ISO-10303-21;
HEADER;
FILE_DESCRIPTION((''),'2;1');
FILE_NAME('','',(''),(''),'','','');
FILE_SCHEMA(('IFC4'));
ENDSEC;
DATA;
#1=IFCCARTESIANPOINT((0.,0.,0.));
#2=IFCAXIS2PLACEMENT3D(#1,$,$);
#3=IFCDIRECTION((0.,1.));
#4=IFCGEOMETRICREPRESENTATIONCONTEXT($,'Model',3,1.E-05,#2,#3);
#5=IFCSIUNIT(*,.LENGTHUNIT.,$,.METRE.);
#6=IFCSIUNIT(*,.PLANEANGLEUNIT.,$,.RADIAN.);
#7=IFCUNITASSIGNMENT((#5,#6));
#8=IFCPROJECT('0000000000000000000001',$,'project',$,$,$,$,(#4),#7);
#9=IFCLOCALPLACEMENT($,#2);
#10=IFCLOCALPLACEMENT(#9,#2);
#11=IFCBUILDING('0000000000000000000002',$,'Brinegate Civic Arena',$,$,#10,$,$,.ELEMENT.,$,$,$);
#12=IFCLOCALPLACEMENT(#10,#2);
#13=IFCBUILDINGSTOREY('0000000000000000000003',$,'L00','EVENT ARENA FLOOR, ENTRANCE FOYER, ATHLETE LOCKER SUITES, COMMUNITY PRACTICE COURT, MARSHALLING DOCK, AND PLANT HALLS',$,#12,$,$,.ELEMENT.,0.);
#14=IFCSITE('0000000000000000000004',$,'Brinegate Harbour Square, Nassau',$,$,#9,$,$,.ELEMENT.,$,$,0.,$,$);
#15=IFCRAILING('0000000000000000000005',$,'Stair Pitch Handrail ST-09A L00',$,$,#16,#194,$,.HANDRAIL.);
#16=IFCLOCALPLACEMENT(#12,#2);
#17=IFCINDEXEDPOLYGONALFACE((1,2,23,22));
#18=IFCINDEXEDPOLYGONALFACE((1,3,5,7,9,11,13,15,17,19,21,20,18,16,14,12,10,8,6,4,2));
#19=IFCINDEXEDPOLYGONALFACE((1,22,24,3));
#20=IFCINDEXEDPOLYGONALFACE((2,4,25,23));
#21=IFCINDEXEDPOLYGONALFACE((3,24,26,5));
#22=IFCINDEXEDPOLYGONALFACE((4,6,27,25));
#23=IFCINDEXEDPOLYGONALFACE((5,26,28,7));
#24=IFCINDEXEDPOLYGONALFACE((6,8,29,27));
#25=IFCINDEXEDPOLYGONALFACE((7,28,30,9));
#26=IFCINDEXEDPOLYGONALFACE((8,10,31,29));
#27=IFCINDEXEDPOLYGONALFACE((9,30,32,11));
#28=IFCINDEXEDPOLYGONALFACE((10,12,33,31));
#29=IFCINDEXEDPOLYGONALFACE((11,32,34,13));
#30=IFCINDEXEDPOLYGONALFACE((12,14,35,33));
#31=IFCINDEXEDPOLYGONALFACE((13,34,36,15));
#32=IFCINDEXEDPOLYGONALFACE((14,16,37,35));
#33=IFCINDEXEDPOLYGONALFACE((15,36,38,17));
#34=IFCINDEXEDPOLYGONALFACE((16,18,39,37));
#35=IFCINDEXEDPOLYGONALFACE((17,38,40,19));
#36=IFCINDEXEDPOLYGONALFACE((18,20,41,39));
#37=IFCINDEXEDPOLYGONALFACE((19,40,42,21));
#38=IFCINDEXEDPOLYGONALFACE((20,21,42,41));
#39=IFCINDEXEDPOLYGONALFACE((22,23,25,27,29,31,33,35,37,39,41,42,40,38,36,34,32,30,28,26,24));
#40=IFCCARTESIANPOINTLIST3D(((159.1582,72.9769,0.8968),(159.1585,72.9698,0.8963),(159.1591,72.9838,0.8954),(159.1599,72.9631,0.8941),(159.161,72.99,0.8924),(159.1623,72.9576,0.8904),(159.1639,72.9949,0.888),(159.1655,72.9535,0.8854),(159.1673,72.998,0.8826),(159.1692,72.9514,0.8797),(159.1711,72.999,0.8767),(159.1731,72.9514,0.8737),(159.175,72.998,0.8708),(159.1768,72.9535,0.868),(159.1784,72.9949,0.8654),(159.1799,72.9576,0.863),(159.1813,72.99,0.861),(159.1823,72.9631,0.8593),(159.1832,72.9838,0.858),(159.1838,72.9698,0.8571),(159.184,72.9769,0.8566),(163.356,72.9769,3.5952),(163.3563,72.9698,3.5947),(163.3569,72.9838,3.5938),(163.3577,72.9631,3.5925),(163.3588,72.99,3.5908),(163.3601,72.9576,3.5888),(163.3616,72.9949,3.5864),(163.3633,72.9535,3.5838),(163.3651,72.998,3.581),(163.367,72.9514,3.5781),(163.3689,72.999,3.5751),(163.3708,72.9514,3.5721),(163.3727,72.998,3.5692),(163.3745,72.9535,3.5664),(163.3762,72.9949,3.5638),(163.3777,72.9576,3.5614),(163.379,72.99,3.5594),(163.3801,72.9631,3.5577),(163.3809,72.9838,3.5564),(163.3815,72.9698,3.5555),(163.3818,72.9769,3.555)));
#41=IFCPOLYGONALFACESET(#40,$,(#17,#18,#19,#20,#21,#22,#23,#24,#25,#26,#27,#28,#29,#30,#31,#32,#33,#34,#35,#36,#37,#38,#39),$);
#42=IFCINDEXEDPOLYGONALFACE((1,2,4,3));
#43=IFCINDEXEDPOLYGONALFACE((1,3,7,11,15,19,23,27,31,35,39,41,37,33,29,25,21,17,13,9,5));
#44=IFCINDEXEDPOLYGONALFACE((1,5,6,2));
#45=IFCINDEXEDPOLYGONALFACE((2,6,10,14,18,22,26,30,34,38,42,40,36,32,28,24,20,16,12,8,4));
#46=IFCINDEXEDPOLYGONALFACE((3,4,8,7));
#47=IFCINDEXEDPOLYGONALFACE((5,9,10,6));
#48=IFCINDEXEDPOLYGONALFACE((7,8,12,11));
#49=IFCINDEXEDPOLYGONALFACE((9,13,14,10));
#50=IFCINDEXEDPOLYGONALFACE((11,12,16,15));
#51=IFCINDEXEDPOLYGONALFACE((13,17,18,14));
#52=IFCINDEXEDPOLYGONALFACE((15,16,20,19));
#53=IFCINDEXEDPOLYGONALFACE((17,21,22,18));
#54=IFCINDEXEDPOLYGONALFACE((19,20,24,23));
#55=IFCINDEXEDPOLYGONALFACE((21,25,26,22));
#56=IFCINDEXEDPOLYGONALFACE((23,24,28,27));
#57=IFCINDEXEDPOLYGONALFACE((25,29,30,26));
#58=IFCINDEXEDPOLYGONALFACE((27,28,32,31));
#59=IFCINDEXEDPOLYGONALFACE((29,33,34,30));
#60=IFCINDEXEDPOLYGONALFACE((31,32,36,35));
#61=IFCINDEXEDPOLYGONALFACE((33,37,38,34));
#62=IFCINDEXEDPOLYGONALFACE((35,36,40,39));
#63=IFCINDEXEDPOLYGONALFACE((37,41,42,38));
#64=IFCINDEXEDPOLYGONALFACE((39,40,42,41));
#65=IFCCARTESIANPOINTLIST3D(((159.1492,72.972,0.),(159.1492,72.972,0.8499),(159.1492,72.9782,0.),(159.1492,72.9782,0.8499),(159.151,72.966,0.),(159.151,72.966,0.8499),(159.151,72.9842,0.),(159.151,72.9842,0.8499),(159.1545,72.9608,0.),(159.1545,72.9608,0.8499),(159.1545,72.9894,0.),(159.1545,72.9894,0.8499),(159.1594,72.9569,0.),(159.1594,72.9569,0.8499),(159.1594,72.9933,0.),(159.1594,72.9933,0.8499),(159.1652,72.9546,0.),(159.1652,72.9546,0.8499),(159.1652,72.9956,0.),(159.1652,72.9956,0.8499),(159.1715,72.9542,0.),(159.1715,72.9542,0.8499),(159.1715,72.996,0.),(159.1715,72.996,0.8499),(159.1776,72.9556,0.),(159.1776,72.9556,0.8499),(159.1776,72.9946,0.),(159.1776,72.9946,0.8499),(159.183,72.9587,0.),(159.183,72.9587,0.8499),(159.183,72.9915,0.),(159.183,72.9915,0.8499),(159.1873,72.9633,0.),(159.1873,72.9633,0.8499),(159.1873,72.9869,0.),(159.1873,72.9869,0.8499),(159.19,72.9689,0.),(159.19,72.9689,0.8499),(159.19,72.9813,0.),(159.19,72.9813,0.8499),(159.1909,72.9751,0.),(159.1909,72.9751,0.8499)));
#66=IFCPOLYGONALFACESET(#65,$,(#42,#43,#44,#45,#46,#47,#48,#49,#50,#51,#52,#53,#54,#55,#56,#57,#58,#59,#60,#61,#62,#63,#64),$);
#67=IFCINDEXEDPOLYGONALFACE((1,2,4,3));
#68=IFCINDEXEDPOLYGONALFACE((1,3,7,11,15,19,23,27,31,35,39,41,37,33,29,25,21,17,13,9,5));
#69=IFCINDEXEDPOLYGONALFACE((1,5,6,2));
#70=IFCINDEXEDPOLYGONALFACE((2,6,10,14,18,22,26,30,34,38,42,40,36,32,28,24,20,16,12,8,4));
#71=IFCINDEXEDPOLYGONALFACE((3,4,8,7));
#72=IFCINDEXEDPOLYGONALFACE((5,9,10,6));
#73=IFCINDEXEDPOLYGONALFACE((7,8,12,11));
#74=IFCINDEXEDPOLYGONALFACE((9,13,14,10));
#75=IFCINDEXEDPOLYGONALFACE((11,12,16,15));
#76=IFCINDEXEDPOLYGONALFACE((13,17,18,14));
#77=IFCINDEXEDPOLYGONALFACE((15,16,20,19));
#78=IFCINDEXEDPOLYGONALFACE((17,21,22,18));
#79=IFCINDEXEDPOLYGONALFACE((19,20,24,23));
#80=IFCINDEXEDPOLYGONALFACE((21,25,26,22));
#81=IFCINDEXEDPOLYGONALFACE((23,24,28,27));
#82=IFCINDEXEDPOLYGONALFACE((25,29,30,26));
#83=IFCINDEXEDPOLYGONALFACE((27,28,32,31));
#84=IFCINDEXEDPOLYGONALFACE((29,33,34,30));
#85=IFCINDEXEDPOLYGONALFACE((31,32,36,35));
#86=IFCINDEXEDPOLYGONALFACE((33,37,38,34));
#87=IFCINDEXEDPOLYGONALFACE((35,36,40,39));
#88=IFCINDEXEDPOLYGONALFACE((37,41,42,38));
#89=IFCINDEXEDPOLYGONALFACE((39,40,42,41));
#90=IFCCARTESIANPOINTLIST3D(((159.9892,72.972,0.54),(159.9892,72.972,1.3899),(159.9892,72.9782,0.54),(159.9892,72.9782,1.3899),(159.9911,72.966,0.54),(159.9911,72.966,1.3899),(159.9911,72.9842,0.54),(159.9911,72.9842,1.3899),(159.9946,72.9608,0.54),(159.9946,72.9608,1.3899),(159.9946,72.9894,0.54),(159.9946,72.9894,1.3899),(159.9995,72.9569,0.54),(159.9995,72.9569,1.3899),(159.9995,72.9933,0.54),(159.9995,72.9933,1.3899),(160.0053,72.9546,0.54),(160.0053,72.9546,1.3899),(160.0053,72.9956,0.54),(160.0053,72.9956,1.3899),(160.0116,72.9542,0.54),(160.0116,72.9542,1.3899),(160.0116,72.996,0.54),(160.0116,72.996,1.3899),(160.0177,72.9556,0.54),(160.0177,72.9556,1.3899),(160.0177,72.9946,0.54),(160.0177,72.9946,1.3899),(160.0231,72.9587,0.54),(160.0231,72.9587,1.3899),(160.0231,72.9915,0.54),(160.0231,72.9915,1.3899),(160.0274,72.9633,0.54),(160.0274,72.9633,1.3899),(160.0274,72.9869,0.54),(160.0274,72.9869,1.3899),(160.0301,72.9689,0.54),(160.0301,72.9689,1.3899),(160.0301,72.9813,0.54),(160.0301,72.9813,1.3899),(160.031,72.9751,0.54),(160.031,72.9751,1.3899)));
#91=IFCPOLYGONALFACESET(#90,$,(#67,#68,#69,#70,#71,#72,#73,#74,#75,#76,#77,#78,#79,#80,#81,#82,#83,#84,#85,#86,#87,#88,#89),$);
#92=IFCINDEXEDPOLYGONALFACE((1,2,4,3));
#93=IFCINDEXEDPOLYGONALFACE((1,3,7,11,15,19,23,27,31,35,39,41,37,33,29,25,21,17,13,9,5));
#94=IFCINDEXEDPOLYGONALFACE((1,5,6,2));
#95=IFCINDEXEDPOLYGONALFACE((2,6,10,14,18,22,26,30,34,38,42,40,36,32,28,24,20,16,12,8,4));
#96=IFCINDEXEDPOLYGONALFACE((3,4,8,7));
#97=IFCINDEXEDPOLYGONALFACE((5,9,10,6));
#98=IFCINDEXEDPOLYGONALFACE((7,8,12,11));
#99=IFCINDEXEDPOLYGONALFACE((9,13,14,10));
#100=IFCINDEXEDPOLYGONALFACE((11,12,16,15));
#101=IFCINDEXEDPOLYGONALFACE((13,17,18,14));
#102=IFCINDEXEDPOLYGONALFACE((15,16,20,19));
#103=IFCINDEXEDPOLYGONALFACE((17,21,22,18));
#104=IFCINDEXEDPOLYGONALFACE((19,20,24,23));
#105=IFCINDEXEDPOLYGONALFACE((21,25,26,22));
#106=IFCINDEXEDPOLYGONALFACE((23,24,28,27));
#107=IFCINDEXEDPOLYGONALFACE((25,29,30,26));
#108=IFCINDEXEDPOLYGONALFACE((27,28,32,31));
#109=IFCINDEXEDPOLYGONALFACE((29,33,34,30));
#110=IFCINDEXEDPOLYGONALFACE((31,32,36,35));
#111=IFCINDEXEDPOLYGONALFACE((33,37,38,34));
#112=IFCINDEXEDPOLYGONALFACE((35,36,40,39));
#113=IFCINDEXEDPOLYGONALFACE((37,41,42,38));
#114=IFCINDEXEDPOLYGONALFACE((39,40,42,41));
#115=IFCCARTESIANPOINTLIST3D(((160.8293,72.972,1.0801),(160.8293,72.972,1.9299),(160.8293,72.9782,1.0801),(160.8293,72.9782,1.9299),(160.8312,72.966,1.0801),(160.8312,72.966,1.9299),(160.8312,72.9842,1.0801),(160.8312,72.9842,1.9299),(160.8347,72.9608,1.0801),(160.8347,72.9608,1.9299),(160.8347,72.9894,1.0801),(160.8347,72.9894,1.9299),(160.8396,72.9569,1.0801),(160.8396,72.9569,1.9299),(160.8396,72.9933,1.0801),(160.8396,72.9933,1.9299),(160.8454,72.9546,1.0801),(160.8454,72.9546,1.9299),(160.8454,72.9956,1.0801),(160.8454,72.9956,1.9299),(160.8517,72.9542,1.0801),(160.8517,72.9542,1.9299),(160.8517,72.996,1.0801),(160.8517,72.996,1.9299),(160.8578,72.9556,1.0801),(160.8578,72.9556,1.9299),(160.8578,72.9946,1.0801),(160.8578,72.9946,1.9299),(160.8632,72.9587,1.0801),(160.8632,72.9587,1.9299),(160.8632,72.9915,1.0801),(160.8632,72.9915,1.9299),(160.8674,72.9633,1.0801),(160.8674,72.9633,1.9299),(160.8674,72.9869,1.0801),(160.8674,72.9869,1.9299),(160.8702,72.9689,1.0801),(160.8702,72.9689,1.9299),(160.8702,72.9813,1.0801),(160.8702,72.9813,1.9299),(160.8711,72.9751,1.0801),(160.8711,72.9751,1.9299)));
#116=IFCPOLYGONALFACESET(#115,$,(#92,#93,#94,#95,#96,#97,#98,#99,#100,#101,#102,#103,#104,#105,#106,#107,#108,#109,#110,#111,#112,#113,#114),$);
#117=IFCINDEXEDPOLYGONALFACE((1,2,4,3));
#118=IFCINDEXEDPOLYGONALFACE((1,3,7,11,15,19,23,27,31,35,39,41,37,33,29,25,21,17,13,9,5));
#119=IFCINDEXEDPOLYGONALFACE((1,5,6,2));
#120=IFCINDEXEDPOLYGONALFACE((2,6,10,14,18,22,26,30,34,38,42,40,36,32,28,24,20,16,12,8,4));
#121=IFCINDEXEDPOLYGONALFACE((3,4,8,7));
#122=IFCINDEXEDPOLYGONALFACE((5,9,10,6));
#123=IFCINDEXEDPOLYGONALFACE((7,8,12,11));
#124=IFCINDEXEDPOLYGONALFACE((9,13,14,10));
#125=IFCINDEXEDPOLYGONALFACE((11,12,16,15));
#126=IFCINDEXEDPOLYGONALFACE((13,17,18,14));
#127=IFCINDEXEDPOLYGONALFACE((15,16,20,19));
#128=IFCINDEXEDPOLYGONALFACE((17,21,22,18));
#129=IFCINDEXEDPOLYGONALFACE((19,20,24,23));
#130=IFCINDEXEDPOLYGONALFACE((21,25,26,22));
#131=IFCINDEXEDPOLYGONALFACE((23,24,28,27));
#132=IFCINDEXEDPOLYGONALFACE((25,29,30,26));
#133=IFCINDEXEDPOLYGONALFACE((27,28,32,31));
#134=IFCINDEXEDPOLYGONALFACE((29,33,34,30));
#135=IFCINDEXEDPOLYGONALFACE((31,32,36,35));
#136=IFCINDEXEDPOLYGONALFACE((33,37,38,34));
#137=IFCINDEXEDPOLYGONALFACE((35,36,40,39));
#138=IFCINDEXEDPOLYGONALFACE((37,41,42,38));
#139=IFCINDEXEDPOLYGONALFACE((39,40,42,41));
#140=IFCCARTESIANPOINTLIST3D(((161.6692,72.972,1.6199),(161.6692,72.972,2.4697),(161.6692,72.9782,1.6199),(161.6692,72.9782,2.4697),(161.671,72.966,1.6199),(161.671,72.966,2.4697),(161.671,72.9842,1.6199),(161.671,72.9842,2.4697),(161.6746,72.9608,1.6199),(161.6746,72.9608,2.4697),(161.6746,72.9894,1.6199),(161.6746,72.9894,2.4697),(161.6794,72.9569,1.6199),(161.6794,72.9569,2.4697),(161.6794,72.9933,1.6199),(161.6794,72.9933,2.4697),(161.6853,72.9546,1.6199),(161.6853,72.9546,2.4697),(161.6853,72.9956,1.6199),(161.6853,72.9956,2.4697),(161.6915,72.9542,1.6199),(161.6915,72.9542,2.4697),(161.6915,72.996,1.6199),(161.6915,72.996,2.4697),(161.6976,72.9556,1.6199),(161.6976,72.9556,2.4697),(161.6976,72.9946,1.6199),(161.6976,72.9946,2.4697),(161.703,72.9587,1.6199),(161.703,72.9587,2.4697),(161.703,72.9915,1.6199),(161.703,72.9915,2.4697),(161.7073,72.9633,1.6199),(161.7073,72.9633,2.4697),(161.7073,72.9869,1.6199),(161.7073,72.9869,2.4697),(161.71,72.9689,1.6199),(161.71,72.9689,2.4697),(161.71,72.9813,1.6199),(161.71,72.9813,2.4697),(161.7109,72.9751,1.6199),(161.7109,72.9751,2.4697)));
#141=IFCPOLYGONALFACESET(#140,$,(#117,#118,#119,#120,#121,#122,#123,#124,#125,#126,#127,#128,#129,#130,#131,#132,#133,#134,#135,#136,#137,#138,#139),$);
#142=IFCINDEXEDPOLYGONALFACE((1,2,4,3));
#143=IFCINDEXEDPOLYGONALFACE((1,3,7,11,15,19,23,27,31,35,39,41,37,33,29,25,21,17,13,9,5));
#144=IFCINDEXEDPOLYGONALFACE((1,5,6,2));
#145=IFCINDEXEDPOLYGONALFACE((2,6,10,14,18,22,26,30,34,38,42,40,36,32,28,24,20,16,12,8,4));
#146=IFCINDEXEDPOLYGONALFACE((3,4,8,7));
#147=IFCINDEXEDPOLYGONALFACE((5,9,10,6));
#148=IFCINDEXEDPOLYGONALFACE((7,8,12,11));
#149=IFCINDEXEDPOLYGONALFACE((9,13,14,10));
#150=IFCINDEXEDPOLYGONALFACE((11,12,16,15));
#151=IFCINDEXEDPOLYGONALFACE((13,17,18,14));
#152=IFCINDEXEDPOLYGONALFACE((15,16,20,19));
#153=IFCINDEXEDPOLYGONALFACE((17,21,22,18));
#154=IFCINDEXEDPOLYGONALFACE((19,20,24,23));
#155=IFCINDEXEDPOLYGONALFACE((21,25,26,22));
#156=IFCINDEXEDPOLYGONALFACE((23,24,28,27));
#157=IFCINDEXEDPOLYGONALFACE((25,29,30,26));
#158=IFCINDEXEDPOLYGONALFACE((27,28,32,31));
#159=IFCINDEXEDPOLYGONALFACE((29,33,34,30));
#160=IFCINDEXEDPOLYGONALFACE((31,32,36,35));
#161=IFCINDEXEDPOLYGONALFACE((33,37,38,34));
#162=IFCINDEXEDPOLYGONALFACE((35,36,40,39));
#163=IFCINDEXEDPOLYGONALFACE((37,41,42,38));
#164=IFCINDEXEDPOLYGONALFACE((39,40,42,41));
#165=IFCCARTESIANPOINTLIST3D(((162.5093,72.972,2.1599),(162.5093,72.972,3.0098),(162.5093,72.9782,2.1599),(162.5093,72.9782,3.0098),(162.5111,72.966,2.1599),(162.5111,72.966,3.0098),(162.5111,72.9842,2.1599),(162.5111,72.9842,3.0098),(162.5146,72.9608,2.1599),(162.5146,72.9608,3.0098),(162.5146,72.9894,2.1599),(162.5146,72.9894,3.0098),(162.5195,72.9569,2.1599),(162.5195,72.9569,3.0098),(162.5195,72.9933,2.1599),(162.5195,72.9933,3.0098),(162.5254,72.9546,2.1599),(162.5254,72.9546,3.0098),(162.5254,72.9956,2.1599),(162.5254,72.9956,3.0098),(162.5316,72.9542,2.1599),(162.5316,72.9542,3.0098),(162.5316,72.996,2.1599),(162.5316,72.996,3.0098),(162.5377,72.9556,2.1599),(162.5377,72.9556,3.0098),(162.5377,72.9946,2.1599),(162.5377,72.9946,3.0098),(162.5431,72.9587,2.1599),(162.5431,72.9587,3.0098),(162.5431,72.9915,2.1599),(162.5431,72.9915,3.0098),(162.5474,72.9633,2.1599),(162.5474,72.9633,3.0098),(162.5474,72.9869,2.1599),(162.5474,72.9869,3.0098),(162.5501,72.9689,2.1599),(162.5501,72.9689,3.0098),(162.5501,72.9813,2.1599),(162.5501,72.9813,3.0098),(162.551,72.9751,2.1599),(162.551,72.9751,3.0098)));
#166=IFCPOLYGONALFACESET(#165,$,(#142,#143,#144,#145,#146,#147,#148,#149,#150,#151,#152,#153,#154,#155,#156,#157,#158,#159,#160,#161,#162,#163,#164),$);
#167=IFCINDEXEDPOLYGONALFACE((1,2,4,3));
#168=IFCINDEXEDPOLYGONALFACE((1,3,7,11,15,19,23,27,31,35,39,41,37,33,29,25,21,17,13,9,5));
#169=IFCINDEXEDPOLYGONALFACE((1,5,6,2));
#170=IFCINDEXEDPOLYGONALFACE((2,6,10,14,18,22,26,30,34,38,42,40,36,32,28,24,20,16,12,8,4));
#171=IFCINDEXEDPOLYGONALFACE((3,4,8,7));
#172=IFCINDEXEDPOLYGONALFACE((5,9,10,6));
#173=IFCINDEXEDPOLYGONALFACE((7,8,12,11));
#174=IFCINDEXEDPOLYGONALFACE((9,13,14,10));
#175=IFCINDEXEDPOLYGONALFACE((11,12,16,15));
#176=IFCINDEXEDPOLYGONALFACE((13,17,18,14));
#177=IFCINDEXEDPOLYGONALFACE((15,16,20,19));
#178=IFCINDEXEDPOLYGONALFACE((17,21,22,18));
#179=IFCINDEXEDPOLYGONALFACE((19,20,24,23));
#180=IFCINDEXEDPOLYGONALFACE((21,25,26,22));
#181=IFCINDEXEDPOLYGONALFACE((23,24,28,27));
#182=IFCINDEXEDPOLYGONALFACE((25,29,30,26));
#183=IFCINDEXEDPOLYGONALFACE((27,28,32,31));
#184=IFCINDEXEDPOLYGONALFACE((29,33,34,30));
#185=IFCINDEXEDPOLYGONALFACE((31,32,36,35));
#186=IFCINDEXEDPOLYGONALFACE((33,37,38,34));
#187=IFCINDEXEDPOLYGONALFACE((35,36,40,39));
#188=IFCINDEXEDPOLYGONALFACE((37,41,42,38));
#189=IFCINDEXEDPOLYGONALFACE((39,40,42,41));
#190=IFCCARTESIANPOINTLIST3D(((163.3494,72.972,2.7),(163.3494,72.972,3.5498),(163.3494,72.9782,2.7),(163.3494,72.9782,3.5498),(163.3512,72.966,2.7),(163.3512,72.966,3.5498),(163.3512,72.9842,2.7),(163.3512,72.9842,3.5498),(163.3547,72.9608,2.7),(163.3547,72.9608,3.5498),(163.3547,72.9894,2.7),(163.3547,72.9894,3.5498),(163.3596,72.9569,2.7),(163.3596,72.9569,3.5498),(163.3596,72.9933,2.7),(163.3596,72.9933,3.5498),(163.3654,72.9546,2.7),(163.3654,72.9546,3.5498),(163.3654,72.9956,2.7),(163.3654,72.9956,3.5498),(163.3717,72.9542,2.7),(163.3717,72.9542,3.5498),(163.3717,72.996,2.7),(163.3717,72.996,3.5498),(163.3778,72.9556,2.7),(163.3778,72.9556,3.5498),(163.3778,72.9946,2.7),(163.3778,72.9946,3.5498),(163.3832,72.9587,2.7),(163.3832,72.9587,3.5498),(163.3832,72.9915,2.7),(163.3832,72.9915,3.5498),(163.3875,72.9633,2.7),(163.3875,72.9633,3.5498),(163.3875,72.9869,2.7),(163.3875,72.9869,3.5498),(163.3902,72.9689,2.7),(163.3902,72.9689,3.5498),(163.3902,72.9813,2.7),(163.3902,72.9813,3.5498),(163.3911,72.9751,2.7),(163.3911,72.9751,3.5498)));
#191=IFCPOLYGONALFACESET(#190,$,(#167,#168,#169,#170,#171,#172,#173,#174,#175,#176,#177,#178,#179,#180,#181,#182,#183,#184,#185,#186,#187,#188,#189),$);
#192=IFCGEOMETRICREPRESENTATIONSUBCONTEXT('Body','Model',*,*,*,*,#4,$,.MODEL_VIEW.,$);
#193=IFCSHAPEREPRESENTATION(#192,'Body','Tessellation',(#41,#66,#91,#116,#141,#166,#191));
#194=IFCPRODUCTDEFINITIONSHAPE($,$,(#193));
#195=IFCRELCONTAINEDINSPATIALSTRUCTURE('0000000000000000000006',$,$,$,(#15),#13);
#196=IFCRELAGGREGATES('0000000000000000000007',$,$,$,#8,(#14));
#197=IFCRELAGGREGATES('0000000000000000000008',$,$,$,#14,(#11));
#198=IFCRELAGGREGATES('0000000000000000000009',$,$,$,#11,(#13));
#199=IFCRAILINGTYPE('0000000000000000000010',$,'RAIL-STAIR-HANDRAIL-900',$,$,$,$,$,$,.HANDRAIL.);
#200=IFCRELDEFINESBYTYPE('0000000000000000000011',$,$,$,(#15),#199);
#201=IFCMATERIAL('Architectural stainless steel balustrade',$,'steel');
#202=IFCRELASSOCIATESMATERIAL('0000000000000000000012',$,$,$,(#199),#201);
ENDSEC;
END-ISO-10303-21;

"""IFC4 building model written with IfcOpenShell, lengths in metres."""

from ifc_helpers import new_model, si_unit, direction, frame, origin, origin_2d, place, context, subcontext, project, spatial, circle, extrude, material, type_object, element, save


model = new_model("IFC4")

# Units and contexts
model_context = context("Model", 3, precision=1e-05, world=origin(), true_north=direction((0.0, 1.0)))
body_context = subcontext(model_context, "Body", "Model", "MODEL_VIEW")
ifc_project = project(units=[si_unit("LENGTHUNIT", "METRE"), si_unit("PLANEANGLEUNIT", "RADIAN")], contexts=[model_context])

# Site, building, storey
site_placement = place(None, origin())
site = spatial("IfcSite", under=ifc_project, at=site_placement, Name="Brinegate Harbour Square, Nassau", CompositionType="ELEMENT", RefElevation=0.0)
building_placement = place(site_placement, origin())
building = spatial("IfcBuilding", under=site, at=building_placement, Name="Brinegate Civic Arena", CompositionType="ELEMENT")
storey_placement = place(building_placement, origin())
storey = spatial("IfcBuildingStorey", under=building, at=storey_placement, Name="L00", Description="EVENT ARENA FLOOR, ENTRANCE FOYER, ATHLETE LOCKER SUITES, COMMUNITY PRACTICE COURT, MARSHALLING DOCK, AND PLANT HALLS", CompositionType="ELEMENT", Elevation=0.0)

# Railing
ifc_material_1 = material(Name="Architectural stainless steel balustrade", Category="steel")
railing_type = type_object("IfcRailingType", Name="RAIL-STAIR-HANDRAIL-900", PredefinedType="HANDRAIL", material=ifc_material_1)
railing_placement = place(storey_placement, frame((159.1699, 72.9751, 0.0)))
element("IfcRailing", 1, at=railing_placement, inside=storey, type_object=railing_type, Name="Stair Pitch Handrail ST-09A L00", PredefinedType="HANDRAIL", context=body_context, shape_type="SweptSolid", body=[
    extrude(circle(Radius=0.0239, at=origin_2d()), frame((0.0012, 0.0, 0.8767), z_axis=(0.841194, 0.0, 0.540733), x_axis=(0.0, 1.0, 0.0)), (0.0, 0.0, 1.0), 4.9902),
    extrude(circle(Radius=0.021, at=origin_2d()), origin(), (0.0, 0.0, 1.0), 0.8499),
    extrude(circle(Radius=0.021, at=origin_2d()), frame((0.8401, 0.0, 0.54)), (0.0, 0.0, 1.0), 0.8499),
    extrude(circle(Radius=0.021, at=origin_2d()), frame((1.6802, 0.0, 1.0801)), (0.0, 0.0, 1.0), 0.8499),
    extrude(circle(Radius=0.021, at=origin_2d()), frame((2.52, 0.0, 1.6199)), (0.0, 0.0, 1.0), 0.8499),
    extrude(circle(Radius=0.021, at=origin_2d()), frame((3.3601, 0.0, 2.1599)), (0.0, 0.0, 1.0), 0.8499),
    extrude(circle(Radius=0.021, at=origin_2d()), frame((4.2002, 0.0, 2.7)), (0.0, 0.0, 1.0), 0.8499),
])

save(model, "model.ifc")
